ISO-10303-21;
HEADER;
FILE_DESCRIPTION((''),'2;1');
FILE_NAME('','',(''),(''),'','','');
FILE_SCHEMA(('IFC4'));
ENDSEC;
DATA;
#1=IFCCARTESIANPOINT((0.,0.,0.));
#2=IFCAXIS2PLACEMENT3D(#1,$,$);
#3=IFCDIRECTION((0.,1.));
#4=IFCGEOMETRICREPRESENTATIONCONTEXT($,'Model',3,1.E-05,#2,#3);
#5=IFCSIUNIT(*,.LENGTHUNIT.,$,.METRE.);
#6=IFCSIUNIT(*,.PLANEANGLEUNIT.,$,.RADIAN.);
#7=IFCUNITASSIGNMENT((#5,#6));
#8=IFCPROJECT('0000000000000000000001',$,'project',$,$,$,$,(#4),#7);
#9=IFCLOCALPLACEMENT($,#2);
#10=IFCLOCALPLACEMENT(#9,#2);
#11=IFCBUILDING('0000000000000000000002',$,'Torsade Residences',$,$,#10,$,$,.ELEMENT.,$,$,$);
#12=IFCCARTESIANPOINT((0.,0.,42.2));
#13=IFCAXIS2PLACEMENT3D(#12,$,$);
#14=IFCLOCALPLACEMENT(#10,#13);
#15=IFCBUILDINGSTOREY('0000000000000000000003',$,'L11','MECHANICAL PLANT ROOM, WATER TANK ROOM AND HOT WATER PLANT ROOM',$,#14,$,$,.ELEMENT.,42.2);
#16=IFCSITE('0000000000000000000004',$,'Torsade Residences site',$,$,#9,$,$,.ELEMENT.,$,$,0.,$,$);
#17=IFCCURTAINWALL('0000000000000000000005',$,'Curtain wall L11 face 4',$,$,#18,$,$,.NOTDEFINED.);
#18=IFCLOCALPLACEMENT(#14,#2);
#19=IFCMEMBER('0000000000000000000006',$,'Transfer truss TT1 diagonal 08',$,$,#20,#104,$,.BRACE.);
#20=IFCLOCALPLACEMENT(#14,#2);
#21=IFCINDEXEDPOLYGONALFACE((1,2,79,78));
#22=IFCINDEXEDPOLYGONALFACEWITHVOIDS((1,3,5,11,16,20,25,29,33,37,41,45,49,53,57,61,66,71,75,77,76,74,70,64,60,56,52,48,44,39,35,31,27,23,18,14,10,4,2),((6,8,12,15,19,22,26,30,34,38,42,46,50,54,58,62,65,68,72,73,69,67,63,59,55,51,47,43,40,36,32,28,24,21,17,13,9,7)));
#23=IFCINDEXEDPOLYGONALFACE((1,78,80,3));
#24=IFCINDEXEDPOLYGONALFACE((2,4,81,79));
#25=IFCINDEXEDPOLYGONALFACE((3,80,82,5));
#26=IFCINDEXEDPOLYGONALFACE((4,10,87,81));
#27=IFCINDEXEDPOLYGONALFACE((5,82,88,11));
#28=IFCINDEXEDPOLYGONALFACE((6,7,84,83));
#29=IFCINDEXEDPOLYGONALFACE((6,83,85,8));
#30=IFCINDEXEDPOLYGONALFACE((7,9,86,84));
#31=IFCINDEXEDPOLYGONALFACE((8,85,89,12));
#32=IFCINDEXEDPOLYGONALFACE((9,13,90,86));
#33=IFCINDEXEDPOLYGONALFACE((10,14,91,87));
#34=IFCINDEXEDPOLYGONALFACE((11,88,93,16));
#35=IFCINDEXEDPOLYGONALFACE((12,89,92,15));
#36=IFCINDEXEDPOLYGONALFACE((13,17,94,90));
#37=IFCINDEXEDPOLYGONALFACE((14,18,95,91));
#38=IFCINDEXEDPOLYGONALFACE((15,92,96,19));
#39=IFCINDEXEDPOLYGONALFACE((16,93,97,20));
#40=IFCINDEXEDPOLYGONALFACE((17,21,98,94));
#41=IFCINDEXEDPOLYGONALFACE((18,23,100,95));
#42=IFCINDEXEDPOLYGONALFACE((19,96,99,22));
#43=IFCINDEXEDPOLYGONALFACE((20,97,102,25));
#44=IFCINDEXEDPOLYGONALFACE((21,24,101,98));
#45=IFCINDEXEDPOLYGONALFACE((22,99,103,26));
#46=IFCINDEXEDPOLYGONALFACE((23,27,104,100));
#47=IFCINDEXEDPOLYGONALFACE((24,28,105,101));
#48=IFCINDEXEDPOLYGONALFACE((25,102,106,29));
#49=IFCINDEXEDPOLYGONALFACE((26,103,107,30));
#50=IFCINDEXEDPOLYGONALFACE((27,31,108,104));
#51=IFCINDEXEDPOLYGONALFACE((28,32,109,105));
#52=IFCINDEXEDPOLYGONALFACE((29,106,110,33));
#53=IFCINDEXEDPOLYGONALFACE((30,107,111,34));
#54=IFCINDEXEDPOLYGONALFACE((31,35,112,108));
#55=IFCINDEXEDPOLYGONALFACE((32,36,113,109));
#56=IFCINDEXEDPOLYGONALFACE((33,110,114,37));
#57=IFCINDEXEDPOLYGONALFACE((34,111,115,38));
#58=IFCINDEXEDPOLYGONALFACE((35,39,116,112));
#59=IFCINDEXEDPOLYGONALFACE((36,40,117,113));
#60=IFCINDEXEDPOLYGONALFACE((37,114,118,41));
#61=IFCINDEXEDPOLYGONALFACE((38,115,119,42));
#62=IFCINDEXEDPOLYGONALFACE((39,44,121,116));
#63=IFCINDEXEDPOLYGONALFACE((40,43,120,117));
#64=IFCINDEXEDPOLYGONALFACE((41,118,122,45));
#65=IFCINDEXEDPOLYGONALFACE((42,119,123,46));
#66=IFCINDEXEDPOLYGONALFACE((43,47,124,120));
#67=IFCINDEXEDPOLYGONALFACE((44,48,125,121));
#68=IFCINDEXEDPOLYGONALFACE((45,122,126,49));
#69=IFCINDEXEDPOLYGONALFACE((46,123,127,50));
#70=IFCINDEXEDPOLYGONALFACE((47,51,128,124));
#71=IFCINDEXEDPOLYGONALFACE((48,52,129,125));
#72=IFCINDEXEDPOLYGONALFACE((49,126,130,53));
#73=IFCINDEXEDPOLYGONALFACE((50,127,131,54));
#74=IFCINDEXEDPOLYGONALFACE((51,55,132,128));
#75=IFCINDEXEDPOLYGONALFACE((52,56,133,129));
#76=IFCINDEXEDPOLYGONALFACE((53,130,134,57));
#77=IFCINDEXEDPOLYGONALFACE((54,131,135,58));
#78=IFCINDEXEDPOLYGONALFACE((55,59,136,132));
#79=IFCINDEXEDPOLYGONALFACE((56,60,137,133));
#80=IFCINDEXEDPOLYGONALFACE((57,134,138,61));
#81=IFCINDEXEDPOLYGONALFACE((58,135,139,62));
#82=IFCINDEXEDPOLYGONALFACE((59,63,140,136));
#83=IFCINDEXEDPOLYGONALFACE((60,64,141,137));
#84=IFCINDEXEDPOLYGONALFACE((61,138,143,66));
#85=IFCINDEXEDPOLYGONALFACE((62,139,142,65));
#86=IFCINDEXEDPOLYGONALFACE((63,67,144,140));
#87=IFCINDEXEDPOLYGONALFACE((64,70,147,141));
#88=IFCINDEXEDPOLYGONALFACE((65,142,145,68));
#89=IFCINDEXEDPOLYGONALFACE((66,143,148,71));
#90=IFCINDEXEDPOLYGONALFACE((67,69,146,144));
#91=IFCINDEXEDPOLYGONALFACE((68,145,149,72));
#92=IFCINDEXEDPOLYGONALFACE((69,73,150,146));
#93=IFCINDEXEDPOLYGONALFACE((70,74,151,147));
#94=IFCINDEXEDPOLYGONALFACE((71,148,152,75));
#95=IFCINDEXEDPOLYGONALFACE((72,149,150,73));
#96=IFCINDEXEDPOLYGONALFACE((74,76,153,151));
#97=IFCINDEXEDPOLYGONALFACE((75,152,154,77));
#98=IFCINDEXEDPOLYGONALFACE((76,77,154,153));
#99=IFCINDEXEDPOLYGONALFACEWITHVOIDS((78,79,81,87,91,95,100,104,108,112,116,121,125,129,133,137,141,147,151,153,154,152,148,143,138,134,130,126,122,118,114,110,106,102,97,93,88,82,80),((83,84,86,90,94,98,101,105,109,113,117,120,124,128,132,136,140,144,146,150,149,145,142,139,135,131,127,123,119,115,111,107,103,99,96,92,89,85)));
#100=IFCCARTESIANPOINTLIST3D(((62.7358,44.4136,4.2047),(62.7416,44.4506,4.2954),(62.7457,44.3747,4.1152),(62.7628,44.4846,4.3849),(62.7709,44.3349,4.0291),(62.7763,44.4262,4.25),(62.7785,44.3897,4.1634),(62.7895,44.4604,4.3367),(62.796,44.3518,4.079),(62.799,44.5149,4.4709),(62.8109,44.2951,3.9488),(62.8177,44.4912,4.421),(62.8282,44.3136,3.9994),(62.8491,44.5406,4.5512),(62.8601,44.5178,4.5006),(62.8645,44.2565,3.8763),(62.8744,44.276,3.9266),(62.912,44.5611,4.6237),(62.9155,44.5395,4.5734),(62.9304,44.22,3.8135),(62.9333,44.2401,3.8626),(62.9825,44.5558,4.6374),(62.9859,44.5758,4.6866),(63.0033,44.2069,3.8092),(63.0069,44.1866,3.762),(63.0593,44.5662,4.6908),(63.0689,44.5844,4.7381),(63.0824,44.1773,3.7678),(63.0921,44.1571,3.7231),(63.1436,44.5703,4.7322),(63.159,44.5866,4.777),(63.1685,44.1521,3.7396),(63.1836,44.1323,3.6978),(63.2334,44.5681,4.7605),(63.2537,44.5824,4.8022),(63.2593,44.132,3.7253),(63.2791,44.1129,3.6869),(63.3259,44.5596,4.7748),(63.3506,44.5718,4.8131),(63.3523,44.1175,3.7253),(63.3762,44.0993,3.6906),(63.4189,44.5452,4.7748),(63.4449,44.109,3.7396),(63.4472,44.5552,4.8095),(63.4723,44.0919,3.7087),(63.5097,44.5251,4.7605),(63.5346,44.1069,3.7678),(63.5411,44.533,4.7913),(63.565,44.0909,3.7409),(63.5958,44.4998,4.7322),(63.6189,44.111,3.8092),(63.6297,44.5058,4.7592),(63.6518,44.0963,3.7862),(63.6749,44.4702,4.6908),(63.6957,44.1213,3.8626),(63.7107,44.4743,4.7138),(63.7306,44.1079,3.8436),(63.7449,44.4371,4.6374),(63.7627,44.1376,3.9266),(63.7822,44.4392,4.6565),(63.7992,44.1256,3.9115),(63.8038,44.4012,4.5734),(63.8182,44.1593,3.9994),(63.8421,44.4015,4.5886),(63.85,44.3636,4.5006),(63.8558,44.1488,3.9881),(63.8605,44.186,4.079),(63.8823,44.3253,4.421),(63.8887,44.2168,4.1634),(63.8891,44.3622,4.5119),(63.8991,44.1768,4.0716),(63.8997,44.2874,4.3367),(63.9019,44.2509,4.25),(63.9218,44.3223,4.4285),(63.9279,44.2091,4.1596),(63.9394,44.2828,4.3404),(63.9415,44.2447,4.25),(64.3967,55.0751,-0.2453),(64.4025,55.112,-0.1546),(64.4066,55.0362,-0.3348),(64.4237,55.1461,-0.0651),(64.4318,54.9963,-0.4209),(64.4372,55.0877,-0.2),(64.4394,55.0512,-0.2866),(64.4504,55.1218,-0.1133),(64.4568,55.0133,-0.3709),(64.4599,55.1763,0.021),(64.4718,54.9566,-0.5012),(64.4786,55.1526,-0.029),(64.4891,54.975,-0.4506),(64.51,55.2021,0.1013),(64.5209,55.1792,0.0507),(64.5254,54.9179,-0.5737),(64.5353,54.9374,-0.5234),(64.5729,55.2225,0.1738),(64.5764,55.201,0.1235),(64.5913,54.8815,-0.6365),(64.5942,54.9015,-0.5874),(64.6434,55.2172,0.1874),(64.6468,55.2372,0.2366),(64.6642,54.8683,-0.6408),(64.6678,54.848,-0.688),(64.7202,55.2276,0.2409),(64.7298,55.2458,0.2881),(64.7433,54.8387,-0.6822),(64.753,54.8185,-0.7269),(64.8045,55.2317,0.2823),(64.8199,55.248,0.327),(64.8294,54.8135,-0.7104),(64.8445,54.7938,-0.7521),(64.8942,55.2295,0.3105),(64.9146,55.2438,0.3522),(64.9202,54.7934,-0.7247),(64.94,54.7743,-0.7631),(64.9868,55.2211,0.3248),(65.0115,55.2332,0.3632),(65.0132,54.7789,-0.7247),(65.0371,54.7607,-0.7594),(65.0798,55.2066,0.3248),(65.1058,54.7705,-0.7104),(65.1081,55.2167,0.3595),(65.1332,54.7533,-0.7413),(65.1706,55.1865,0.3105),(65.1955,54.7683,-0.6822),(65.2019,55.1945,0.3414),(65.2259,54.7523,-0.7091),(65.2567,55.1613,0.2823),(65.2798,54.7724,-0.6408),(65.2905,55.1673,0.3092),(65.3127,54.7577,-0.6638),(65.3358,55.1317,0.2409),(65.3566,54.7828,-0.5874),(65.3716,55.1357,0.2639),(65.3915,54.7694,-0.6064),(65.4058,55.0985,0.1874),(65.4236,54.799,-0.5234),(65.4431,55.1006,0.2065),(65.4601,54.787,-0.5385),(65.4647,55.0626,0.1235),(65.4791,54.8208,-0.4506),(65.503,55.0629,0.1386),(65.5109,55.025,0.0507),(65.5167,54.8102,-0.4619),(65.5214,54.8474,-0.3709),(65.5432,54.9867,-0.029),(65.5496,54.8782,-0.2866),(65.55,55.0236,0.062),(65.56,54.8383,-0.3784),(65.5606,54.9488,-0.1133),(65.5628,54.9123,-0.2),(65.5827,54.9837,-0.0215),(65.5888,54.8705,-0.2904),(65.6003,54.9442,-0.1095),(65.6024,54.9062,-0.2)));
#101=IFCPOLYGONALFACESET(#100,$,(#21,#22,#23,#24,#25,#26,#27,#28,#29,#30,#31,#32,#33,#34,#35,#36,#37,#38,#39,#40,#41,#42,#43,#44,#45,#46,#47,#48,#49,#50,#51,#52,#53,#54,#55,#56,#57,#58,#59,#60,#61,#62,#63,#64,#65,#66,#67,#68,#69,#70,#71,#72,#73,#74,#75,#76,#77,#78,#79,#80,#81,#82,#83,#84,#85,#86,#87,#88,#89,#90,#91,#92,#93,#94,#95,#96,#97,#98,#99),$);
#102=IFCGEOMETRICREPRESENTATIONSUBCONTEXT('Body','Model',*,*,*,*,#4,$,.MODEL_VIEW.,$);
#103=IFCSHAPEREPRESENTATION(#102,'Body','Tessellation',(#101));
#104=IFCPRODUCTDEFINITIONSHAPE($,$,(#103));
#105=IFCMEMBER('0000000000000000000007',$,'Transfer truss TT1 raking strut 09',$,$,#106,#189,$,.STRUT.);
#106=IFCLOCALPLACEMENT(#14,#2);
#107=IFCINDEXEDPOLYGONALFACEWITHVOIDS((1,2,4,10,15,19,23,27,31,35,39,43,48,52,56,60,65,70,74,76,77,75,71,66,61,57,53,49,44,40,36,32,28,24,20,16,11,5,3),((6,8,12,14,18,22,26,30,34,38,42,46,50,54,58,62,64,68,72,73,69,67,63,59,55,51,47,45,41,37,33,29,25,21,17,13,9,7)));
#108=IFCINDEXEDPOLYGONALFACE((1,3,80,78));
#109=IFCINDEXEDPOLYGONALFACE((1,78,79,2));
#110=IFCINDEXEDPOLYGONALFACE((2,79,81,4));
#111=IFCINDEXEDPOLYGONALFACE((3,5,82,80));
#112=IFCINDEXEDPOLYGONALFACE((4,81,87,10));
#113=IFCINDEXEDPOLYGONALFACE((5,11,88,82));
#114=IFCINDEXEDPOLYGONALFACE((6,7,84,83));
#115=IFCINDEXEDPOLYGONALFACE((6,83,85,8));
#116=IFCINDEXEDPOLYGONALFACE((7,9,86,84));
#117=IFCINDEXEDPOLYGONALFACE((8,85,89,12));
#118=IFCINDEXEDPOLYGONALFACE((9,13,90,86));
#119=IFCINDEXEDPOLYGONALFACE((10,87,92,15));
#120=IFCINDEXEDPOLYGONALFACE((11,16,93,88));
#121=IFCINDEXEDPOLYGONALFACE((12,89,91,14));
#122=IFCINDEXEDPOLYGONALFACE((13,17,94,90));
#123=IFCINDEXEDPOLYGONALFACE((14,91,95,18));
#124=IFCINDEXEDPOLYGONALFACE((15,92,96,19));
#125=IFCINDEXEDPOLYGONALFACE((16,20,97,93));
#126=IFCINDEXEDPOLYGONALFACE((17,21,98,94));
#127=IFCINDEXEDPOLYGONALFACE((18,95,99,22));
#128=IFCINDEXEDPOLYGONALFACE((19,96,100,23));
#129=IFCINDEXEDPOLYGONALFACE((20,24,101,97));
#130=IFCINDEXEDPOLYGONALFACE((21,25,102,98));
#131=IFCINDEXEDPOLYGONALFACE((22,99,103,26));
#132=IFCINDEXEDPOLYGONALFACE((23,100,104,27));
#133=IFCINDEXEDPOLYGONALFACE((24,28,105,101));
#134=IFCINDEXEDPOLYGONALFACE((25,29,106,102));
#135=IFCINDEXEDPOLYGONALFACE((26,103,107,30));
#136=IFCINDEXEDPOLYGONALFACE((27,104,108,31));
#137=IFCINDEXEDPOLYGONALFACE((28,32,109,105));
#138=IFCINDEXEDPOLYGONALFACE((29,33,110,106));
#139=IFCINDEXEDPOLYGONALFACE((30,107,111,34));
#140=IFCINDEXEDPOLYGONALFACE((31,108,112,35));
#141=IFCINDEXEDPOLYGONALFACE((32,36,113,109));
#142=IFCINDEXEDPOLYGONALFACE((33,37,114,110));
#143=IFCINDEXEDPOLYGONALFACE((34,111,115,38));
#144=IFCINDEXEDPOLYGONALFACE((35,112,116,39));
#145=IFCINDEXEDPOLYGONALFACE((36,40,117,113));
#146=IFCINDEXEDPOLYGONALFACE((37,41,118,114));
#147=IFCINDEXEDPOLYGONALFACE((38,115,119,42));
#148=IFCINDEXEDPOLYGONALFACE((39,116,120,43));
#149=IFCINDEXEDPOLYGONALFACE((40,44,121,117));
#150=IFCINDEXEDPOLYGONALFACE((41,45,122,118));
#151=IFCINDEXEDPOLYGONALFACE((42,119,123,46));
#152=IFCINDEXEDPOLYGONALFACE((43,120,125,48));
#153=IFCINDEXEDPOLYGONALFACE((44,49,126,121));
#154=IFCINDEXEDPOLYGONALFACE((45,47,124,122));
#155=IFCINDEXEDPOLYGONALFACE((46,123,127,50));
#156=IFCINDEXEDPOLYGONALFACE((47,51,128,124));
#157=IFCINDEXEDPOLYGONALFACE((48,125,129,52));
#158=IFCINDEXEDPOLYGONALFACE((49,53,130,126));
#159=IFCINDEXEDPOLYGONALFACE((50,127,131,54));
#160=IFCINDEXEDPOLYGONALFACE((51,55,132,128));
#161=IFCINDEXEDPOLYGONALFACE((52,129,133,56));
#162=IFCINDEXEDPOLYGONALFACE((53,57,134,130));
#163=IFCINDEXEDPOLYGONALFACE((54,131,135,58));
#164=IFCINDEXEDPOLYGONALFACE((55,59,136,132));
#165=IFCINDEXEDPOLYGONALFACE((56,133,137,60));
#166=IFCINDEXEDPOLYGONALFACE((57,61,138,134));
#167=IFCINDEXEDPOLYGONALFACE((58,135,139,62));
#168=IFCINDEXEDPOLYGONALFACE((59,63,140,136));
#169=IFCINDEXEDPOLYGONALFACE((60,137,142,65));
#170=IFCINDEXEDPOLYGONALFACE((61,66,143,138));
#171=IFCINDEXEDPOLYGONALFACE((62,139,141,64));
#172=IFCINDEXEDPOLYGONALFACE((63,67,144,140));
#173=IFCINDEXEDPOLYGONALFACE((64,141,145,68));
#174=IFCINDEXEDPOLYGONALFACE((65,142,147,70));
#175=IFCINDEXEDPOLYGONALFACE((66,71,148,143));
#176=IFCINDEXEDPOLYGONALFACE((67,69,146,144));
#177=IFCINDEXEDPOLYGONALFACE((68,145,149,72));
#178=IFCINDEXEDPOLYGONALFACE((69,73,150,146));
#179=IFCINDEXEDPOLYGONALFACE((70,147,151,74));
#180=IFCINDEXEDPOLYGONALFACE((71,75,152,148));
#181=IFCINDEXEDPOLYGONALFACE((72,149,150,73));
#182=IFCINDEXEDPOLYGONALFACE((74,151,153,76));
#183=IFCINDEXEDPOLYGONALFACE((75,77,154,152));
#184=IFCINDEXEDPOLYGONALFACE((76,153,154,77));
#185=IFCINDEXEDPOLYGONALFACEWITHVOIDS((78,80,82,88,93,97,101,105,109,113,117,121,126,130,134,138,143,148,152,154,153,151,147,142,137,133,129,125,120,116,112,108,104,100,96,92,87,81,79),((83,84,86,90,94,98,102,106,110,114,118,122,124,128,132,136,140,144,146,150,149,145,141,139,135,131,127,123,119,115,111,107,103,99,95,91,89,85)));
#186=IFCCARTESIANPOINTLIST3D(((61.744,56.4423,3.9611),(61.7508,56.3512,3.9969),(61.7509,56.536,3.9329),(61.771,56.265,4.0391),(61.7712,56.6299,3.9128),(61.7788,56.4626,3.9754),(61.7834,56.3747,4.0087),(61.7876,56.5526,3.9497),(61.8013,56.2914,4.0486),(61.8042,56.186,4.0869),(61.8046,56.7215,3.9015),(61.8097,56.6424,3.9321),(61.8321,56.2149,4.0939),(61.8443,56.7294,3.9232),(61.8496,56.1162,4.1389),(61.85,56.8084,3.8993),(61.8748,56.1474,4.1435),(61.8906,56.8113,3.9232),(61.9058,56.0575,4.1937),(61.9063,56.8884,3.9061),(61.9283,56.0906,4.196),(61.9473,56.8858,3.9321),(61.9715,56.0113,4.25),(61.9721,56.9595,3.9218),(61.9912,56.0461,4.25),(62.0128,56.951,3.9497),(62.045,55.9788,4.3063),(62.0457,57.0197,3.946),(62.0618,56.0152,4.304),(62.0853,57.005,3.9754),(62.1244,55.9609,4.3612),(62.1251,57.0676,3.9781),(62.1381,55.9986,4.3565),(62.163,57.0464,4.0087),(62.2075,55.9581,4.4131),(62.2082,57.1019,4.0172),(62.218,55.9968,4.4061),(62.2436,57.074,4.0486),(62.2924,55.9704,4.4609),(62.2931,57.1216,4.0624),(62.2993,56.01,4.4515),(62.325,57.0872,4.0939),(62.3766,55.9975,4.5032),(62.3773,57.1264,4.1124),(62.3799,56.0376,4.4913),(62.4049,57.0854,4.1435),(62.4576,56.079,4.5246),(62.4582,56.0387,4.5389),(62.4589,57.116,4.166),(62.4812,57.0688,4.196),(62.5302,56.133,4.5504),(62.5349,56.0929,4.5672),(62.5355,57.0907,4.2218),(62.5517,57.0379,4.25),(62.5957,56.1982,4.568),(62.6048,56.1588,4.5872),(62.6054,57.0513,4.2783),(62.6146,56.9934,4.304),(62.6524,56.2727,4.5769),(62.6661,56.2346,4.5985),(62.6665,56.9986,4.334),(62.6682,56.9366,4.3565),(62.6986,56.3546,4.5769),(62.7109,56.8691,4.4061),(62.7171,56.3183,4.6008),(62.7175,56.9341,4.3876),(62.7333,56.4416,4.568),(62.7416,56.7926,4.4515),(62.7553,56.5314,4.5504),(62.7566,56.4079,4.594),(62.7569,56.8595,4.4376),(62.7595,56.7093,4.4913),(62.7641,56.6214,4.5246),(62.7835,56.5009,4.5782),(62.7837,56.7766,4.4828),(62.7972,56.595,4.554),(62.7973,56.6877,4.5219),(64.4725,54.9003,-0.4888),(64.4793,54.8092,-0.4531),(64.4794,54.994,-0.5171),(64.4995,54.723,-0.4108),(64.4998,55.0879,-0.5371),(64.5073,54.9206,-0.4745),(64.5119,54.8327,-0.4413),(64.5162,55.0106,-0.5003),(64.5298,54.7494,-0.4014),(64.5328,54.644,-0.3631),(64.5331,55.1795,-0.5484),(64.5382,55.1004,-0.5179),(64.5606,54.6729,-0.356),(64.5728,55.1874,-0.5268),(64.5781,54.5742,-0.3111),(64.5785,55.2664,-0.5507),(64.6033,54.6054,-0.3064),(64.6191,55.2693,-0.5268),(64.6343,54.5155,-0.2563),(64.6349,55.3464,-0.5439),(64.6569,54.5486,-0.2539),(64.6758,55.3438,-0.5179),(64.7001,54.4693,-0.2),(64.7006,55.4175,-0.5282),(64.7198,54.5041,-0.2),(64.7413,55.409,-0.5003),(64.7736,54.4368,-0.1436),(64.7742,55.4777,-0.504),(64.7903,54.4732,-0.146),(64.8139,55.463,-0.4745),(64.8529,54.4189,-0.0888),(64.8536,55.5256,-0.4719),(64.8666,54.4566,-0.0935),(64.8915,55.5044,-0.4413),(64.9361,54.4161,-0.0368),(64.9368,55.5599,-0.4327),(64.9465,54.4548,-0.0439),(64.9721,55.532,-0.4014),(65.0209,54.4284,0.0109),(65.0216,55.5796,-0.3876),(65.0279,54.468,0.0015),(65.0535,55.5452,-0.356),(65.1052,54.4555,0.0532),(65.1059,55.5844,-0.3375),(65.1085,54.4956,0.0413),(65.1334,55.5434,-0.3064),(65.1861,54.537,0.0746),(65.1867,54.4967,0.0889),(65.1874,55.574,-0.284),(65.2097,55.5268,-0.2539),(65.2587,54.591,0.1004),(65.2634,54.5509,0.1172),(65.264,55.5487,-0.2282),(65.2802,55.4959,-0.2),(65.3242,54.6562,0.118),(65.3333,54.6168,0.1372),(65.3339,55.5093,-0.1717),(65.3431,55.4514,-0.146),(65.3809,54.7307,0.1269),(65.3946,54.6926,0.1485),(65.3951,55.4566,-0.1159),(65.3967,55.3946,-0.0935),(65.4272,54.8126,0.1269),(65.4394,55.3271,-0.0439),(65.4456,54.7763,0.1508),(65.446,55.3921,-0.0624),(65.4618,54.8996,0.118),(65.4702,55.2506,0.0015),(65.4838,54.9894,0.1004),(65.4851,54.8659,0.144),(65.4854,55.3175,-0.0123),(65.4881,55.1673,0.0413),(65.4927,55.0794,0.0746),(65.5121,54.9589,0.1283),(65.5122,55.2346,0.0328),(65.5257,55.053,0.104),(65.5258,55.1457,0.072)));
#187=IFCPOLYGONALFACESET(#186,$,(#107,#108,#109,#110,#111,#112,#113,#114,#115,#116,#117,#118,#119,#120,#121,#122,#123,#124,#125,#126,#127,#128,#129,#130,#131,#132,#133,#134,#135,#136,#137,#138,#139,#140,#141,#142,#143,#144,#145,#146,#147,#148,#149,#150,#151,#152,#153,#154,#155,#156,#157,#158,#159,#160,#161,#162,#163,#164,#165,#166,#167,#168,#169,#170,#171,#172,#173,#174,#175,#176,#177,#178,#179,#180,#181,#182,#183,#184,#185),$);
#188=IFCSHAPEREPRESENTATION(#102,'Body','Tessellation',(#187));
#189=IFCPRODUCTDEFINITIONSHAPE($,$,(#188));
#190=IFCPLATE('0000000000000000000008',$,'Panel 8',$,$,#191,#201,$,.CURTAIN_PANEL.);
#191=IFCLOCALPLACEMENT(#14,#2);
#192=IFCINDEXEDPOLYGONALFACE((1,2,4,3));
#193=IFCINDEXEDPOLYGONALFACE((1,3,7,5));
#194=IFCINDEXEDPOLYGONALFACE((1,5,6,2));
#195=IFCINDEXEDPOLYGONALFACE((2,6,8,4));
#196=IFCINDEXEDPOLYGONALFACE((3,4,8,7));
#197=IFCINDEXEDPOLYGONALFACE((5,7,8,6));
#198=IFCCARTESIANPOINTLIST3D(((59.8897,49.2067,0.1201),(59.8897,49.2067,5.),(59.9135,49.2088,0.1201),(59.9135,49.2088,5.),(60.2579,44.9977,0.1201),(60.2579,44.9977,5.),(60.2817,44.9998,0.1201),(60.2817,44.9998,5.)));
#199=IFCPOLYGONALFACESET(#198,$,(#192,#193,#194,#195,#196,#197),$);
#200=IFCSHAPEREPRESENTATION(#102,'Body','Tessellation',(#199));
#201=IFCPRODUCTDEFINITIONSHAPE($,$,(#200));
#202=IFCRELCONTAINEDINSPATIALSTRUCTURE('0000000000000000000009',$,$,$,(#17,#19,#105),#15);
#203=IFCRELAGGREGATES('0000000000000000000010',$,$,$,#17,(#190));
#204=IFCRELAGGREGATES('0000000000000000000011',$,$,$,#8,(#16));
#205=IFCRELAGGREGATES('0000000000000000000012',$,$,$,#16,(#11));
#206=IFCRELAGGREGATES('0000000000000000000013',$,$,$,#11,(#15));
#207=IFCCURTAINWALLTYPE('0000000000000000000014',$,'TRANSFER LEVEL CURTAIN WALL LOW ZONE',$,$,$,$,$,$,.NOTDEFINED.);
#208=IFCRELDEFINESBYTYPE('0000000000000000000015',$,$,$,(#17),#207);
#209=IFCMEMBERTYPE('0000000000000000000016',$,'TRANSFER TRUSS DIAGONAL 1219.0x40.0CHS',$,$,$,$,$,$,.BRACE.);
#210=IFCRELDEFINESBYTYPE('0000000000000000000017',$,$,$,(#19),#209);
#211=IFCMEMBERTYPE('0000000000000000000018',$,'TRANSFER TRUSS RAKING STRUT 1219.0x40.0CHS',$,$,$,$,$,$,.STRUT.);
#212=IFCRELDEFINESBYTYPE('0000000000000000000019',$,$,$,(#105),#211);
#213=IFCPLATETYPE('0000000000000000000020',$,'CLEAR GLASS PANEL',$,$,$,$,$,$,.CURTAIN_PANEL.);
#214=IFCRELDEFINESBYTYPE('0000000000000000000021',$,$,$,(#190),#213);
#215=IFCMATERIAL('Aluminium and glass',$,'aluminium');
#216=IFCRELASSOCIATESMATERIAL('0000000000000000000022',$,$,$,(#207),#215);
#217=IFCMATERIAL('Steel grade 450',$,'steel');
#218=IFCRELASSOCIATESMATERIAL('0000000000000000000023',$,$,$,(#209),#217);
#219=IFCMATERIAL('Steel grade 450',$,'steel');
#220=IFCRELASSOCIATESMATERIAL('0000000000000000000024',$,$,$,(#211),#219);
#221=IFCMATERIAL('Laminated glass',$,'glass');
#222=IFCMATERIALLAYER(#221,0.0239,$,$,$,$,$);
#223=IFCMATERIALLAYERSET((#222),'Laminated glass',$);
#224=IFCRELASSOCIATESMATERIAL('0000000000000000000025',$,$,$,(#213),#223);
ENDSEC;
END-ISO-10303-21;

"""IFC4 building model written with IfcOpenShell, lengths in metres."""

from ifc_helpers import new_model, si_unit, direction, frame, origin, origin_2d, place, context, subcontext, project, spatial, rectangle, hollow_circle, extrude, material, layer, layer_set, material_profile, profile_set, type_object, element, aggregate, save


model = new_model("IFC4")

# Units and contexts
model_context = context("Model", 3, precision=1e-05, world=origin(), true_north=direction((0.0, 1.0)))
body_context = subcontext(model_context, "Body", "Model", "MODEL_VIEW")
ifc_project = project(units=[si_unit("LENGTHUNIT", "METRE"), si_unit("PLANEANGLEUNIT", "RADIAN")], contexts=[model_context])

# Site, building, storey
site_placement = place(None, origin())
site = spatial("IfcSite", under=ifc_project, at=site_placement, Name="Torsade Residences site", CompositionType="ELEMENT", RefElevation=0.0)
building_placement = place(site_placement, origin())
building = spatial("IfcBuilding", under=site, at=building_placement, Name="Torsade Residences", CompositionType="ELEMENT")
storey_placement = place(building_placement, frame((0.0, 0.0, 42.2)))
storey = spatial("IfcBuildingStorey", under=building, at=storey_placement, Name="L11", Description="MECHANICAL PLANT ROOM, WATER TANK ROOM AND HOT WATER PLANT ROOM", CompositionType="ELEMENT", Elevation=42.2)

# Curtain wall
ifc_material_1 = material(Name="Aluminium and glass", Category="aluminium")
curtain_wall_type = type_object("IfcCurtainWallType", Name="TRANSFER LEVEL CURTAIN WALL LOW ZONE", PredefinedType="NOTDEFINED", material=ifc_material_1)
curtain_wall_1_placement = place(storey_placement, origin())
curtain_wall_1 = element("IfcCurtainWall", 1, at=curtain_wall_1_placement, inside=storey, type_object=curtain_wall_type, Name="Curtain wall L11 face 4", PredefinedType="NOTDEFINED")

# Members
ifc_material_2 = material(Name="Steel grade 450", Category="steel")
ifc_material_profile_1 = material_profile(ifc_material_2, hollow_circle(Radius=0.6096, WallThickness=0.04, at=origin_2d()), Name="1219.0x40.0CHS")
ifc_profile_set_1 = profile_set([ifc_material_profile_1], Name="Steel grade 450")
member_type_1 = type_object("IfcMemberType", Name="TRANSFER TRUSS DIAGONAL 1219.0x40.0CHS", PredefinedType="BRACE", material=ifc_profile_set_1)
member_1_placement = place(storey_placement, frame((65.0, 55.0, -0.2), z_axis=(-0.142302, -0.913448, 0.381264), x_axis=(0.988082, -0.153929, 0.0)))
element("IfcMember", 2, at=member_1_placement, inside=storey, type_object=member_type_1, Name="Transfer truss TT1 diagonal 08", PredefinedType="BRACE", context=body_context, shape_type="SweptSolid", body=[
    extrude(hollow_circle(Radius=0.6096, WallThickness=0.04, at=origin_2d()), origin(), (0.0, 0.0, 1.0), 11.6716),
])
ifc_material_3 = material(Name="Steel grade 450", Category="steel")
ifc_material_profile_2 = material_profile(ifc_material_3, hollow_circle(Radius=0.6096, WallThickness=0.04, at=origin_2d()), Name="1219.0x40.0CHS")
ifc_profile_set_2 = profile_set([ifc_material_profile_2], Name="Steel grade 450")
member_type_2 = type_object("IfcMemberType", Name="TRANSFER TRUSS RAKING STRUT 1219.0x40.0CHS", PredefinedType="STRUT", material=ifc_profile_set_2)
member_2_placement = place(storey_placement, frame((65.0, 55.0, -0.2), z_axis=(-0.501303, 0.283306, 0.817578), x_axis=(-0.492006, -0.870592, 0.0)))
element("IfcMember", 3, at=member_2_placement, inside=storey, type_object=member_type_2, Name="Transfer truss TT1 raking strut 09", PredefinedType="STRUT", context=body_context, shape_type="SweptSolid", body=[
    extrude(hollow_circle(Radius=0.6096, WallThickness=0.04, at=origin_2d()), origin(), (0.0, 0.0, 1.0), 5.4429),
])

# Plate
ifc_material_4 = material(Name="Laminated glass", Category="glass")
ifc_layer_1 = layer(ifc_material_4, 0.0239)
ifc_layer_set_1 = layer_set([ifc_layer_1], Name="Laminated glass")
plate_type = type_object("IfcPlateType", Name="CLEAR GLASS PANEL", PredefinedType="CURTAIN_PANEL", material=ifc_layer_set_1)
plate_1_placement = place(storey_placement, frame((60.0857, 47.1033, 0.1201), z_axis=(0.0, 0.0, 1.0), x_axis=(-0.087156, 0.996195, 0.0)))
plate_1 = element("IfcPlate", 4, at=plate_1_placement, type_object=plate_type, Name="Panel 8", PredefinedType="CURTAIN_PANEL", context=body_context, shape_type="SweptSolid", body=[
    extrude(rectangle(XDim=4.2251, YDim=0.0239, at=origin_2d()), origin(), (0.0, 0.0, 1.0), 4.8799),
])
aggregate(curtain_wall_1, [plate_1])

save(model, "model.ifc")
